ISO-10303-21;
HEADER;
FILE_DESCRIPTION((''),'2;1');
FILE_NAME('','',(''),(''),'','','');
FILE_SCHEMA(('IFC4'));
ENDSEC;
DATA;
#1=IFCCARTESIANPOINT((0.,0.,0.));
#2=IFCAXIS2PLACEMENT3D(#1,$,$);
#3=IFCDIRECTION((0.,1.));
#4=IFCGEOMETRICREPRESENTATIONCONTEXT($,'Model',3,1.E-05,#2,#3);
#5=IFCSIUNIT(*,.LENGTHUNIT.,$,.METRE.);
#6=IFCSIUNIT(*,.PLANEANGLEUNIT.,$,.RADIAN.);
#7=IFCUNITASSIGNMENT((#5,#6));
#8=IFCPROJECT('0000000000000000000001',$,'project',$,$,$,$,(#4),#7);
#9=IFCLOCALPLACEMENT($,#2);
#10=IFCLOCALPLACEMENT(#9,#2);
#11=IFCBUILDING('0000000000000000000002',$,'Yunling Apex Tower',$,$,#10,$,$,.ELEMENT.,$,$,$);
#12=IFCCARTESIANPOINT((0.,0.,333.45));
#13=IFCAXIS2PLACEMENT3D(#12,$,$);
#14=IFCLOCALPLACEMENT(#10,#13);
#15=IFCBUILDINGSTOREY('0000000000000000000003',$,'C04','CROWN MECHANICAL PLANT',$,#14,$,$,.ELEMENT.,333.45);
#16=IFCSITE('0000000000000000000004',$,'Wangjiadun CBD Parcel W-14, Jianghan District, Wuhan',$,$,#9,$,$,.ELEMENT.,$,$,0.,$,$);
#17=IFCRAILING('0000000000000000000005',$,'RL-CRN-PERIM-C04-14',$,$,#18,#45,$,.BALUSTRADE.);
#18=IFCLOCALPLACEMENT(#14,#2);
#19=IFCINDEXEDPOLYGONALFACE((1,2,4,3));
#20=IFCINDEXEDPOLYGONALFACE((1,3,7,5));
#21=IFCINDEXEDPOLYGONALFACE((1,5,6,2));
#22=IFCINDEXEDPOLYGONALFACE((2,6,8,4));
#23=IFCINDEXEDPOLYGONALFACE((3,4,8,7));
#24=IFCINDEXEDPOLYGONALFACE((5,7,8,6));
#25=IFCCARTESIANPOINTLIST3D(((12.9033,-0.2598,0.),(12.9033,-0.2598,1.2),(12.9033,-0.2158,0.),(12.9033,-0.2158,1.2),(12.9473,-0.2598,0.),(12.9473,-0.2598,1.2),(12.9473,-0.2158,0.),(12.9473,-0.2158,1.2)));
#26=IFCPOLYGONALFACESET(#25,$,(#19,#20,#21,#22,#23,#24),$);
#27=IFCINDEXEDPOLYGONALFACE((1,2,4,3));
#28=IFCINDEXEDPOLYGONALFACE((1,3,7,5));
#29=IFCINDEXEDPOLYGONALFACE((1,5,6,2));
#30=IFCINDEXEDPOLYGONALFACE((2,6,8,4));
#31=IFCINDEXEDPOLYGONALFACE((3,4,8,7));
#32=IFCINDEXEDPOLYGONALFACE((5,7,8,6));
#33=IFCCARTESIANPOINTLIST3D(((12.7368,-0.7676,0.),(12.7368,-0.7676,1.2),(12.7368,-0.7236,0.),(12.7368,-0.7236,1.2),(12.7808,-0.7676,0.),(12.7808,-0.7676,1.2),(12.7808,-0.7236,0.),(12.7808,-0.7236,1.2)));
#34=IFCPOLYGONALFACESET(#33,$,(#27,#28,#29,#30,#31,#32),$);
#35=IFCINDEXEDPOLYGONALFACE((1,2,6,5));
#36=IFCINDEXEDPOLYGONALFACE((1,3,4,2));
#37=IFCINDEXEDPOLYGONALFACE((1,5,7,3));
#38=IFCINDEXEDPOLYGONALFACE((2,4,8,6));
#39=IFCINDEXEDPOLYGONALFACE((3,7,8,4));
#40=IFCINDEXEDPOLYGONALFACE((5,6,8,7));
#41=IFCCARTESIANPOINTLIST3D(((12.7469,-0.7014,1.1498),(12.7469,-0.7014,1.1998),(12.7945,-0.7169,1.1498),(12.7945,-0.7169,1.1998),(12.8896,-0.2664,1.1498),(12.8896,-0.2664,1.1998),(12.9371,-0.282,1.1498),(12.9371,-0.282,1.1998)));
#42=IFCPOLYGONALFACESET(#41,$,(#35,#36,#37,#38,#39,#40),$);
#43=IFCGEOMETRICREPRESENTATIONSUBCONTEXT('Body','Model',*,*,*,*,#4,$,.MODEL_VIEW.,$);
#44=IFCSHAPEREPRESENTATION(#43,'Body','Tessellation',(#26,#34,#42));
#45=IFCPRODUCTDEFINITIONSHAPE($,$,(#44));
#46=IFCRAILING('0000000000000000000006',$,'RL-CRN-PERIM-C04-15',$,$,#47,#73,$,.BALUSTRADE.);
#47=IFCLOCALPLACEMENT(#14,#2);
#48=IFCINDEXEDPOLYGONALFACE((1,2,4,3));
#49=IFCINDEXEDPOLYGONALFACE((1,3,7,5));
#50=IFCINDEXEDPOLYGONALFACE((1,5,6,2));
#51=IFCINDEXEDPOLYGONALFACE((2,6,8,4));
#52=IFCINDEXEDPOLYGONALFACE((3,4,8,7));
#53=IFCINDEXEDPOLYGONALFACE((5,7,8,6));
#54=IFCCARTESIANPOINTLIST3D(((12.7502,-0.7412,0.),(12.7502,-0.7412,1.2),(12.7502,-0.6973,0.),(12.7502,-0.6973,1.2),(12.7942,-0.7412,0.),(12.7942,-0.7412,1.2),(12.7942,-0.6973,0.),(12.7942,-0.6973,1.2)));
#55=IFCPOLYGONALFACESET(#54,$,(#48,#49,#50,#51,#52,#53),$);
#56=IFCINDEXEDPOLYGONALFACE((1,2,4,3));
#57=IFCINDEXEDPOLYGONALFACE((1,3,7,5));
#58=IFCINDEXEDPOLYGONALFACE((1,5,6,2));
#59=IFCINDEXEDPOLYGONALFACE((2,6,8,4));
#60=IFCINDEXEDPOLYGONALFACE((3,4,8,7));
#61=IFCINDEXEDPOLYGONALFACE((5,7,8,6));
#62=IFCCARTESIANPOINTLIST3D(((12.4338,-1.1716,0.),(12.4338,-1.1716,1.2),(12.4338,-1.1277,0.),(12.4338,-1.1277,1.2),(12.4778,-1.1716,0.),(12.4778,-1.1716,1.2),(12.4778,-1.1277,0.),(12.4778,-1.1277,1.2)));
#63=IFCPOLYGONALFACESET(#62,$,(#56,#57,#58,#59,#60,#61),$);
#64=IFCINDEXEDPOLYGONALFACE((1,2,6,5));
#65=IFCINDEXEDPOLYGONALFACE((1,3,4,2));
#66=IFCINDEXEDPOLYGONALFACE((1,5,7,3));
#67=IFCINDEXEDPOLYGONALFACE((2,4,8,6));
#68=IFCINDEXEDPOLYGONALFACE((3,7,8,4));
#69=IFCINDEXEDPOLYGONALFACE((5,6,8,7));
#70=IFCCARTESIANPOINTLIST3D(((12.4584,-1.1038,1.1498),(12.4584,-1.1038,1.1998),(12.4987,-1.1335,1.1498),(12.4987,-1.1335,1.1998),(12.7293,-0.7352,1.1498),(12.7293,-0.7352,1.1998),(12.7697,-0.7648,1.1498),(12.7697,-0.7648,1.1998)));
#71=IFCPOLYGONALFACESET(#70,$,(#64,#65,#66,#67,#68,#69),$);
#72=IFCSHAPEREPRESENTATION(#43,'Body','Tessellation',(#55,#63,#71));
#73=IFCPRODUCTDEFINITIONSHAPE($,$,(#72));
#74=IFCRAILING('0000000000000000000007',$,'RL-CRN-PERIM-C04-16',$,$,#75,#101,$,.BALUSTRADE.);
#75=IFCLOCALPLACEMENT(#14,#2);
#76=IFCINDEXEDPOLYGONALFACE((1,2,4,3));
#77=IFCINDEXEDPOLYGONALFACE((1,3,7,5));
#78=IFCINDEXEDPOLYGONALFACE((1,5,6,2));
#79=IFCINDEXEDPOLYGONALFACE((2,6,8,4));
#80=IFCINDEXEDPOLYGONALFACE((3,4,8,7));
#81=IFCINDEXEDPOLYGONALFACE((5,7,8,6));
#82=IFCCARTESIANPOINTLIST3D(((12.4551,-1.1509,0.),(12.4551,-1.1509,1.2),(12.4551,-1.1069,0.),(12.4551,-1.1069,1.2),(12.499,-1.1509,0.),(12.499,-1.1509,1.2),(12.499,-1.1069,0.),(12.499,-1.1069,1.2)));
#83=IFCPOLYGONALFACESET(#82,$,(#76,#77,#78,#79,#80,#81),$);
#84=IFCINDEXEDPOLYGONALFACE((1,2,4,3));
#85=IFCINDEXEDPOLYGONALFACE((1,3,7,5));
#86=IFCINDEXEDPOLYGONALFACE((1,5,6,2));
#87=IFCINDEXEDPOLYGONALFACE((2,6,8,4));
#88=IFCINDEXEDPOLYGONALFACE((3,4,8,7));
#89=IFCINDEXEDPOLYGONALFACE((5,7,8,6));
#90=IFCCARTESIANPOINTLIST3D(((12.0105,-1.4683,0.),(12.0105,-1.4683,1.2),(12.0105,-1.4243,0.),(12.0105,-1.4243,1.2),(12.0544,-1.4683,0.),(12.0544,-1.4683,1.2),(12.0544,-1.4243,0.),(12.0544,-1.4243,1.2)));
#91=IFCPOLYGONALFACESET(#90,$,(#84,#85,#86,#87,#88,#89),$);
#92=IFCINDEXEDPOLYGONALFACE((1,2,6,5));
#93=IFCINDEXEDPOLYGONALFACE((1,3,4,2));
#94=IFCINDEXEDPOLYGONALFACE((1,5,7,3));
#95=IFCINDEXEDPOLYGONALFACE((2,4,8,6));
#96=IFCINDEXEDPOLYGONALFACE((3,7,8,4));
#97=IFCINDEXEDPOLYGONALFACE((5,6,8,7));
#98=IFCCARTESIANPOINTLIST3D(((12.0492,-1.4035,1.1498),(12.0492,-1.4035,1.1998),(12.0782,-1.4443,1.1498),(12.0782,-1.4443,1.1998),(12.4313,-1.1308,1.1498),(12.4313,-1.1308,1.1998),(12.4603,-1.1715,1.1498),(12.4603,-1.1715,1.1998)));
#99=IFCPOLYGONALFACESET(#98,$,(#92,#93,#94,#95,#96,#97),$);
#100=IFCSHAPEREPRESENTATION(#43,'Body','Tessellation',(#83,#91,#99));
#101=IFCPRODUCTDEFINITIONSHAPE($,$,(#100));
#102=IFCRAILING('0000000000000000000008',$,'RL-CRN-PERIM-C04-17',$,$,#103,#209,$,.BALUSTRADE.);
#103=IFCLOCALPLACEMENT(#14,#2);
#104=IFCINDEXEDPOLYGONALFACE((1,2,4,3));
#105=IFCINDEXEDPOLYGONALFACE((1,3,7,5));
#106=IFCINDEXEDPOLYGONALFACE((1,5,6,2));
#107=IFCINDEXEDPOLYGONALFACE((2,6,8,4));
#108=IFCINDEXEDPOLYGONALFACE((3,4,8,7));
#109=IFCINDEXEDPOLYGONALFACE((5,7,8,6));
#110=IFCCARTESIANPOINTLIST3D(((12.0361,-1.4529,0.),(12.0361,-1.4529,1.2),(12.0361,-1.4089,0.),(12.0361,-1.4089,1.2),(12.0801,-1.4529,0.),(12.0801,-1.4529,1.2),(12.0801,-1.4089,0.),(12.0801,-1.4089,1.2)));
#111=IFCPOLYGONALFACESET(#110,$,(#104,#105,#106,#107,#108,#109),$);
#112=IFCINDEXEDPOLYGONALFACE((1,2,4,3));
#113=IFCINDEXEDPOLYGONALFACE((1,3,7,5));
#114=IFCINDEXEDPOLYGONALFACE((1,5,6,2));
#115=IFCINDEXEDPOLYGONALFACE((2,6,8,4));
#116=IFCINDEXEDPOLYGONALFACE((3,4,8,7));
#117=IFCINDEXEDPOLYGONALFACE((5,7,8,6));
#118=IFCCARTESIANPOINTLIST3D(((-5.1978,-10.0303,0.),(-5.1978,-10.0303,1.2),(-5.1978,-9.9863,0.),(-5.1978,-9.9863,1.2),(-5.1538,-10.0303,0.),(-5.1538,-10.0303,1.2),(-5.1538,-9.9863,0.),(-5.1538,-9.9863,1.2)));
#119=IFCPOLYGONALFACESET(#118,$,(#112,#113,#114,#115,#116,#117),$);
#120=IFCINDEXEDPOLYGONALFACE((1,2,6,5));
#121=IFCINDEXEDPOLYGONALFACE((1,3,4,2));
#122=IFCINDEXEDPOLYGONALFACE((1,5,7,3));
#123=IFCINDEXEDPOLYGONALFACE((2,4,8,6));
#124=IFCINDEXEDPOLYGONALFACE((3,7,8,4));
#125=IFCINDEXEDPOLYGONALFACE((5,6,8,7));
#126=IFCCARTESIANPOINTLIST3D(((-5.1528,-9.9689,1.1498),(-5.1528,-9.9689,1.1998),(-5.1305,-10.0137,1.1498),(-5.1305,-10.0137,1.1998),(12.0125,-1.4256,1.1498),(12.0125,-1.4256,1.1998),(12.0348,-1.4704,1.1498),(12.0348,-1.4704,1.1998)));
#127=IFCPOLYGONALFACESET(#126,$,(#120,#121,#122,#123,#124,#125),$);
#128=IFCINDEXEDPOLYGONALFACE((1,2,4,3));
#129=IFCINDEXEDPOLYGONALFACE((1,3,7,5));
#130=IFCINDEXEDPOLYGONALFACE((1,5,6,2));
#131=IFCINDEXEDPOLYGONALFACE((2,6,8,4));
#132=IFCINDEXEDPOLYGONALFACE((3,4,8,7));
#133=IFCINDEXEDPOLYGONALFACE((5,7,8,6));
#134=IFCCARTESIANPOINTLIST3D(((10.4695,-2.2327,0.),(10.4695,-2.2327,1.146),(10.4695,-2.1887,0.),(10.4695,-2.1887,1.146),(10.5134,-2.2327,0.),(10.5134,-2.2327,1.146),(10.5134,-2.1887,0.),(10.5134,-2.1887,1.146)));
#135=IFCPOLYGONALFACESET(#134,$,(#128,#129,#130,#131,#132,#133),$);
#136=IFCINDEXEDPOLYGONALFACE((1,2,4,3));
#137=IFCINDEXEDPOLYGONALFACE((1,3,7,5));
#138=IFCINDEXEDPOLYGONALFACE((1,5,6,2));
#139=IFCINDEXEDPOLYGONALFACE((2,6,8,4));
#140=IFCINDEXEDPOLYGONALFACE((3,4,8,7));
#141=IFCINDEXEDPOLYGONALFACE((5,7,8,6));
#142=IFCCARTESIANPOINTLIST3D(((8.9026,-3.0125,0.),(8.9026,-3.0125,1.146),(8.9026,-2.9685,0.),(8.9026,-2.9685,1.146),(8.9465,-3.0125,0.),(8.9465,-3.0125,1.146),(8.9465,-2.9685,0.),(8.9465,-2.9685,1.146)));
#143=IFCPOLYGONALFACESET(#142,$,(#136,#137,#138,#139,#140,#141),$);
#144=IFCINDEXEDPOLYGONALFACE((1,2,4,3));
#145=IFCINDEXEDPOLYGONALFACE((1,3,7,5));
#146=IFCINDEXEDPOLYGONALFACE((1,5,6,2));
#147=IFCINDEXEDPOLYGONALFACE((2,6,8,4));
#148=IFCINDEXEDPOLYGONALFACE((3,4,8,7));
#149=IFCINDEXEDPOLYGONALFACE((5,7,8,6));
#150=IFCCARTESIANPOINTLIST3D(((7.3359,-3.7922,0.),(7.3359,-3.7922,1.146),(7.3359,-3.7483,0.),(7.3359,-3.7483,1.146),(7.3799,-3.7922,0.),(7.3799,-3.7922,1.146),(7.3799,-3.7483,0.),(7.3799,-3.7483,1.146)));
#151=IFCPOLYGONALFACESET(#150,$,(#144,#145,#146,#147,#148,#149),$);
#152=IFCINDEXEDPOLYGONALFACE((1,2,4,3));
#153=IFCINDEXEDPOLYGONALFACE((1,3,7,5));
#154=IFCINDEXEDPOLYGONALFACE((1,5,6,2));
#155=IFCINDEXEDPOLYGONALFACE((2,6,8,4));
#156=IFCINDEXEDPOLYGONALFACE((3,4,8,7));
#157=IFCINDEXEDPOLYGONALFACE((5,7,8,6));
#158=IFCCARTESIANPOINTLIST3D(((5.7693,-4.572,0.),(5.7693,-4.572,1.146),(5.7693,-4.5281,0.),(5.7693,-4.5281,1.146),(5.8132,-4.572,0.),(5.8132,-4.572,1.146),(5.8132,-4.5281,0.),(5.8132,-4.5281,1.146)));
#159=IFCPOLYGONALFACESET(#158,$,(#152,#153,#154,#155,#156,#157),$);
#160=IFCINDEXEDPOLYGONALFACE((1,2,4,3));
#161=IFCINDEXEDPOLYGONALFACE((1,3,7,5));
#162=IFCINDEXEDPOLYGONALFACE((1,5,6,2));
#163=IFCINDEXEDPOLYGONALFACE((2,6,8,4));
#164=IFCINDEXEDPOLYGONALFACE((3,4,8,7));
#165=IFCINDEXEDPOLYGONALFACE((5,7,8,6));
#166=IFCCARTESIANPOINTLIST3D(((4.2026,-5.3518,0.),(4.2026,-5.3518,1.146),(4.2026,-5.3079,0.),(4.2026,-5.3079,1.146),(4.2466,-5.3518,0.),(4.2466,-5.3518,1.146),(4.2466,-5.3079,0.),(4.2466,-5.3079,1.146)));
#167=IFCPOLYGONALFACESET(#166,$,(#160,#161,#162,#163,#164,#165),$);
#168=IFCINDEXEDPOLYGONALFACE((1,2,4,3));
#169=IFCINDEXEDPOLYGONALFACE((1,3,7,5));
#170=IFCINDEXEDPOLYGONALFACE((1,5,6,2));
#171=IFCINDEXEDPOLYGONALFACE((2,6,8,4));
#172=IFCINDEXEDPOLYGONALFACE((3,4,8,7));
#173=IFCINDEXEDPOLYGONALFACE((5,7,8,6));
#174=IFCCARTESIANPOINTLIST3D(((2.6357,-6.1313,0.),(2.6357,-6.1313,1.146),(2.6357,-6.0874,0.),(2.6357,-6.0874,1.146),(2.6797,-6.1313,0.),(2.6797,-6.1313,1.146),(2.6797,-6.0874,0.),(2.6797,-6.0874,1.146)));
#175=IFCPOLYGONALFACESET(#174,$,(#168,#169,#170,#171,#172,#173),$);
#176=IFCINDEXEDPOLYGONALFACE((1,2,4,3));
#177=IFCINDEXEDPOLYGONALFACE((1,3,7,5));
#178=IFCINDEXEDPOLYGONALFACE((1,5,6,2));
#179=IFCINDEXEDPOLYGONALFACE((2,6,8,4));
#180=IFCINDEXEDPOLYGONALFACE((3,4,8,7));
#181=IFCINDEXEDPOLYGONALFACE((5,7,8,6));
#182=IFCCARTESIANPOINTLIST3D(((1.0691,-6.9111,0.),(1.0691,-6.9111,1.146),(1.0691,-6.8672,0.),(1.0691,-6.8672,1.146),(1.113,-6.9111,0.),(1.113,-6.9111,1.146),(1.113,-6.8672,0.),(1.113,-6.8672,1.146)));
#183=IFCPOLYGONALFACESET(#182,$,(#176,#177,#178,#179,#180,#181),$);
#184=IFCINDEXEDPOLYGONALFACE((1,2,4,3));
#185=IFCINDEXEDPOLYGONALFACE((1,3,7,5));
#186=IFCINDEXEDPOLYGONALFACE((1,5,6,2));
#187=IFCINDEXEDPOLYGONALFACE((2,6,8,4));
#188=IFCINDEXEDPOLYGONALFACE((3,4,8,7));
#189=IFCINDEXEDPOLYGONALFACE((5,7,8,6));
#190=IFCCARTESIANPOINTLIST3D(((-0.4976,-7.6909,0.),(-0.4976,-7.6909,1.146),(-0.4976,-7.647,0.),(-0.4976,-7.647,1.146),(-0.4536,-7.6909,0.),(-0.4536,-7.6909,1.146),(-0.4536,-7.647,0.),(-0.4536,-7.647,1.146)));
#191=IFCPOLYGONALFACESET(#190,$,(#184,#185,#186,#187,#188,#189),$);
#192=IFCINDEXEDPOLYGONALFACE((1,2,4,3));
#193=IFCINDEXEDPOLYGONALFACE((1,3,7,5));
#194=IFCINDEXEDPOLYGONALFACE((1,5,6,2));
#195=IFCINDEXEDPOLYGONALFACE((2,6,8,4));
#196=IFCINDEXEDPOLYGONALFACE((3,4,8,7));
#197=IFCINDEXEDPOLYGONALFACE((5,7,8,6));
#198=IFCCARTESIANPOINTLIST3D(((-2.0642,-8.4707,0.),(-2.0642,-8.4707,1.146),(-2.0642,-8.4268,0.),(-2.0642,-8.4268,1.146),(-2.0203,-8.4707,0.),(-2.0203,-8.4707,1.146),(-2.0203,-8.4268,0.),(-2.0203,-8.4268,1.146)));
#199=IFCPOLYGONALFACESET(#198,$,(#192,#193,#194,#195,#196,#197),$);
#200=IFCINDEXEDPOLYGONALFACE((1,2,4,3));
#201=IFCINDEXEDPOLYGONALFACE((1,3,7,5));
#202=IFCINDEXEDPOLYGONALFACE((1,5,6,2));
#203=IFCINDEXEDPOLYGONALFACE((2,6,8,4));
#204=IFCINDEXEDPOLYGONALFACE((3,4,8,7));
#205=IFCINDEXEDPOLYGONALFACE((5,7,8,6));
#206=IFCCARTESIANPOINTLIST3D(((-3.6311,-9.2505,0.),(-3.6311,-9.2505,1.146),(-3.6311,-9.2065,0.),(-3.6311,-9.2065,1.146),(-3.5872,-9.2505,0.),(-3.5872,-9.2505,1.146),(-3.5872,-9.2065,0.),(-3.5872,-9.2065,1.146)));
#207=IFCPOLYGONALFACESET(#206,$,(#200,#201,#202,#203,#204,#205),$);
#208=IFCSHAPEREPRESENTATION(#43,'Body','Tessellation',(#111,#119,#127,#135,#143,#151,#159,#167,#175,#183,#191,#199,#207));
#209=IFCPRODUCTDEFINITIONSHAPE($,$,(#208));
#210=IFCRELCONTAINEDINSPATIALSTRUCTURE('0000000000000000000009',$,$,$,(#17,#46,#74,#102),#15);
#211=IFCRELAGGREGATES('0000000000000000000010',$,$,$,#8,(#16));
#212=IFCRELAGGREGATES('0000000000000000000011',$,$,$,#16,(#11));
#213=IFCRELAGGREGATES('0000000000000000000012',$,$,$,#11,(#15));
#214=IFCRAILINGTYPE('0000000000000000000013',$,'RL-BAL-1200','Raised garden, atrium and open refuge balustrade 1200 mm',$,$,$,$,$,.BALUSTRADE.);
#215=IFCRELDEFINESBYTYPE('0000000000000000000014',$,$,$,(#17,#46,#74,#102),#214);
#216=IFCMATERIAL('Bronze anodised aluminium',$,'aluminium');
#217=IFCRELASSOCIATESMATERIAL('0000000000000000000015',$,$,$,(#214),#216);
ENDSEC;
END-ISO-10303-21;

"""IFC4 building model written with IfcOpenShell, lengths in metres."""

from ifc_helpers import new_model, si_unit, direction, frame, origin, origin_2d, place, context, subcontext, project, spatial, rectangle, extrude, material, type_object, element, save


model = new_model("IFC4")

# Units and contexts
model_context = context("Model", 3, precision=1e-05, world=origin(), true_north=direction((0.0, 1.0)))
body_context = subcontext(model_context, "Body", "Model", "MODEL_VIEW")
ifc_project = project(units=[si_unit("LENGTHUNIT", "METRE"), si_unit("PLANEANGLEUNIT", "RADIAN")], contexts=[model_context])

# Site, building, storey
site_placement = place(None, origin())
site = spatial("IfcSite", under=ifc_project, at=site_placement, Name="Wangjiadun CBD Parcel W-14, Jianghan District, Wuhan", CompositionType="ELEMENT", RefElevation=0.0)
building_placement = place(site_placement, origin())
building = spatial("IfcBuilding", under=site, at=building_placement, Name="Yunling Apex Tower", CompositionType="ELEMENT")
storey_placement = place(building_placement, frame((0.0, 0.0, 333.45)))
storey = spatial("IfcBuildingStorey", under=building, at=storey_placement, Name="C04", Description="CROWN MECHANICAL PLANT", CompositionType="ELEMENT", Elevation=333.45)

# Shared definitions
ifc_material_1 = material(Name="Bronze anodised aluminium", Category="aluminium")

# Railings
railing_type_1 = type_object("IfcRailingType", Name="RL-BAL-1200", Description="Raised garden, atrium and open refuge balustrade 1200 mm", PredefinedType="BALUSTRADE", material=ifc_material_1)
railing_1_placement = place(storey_placement, frame((12.9253, -0.2378, 0.0)))
element("IfcRailing", 1, at=railing_1_placement, inside=storey, type_object=railing_type_1, Name="RL-CRN-PERIM-C04-14", PredefinedType="BALUSTRADE", context=body_context, shape_type="SweptSolid", body=[
    extrude(rectangle(XDim=0.0439, YDim=0.0439, at=origin_2d()), origin(), (0.0, 0.0, 1.0), 1.2),
    extrude(rectangle(XDim=0.0439, YDim=0.0439, at=origin_2d()), frame((-0.1665, -0.5078, 0.0)), (0.0, 0.0, 1.0), 1.2),
    extrude(rectangle(XDim=0.05, YDim=0.05, at=origin_2d()), frame((-0.012, -0.0364, 1.1748), z_axis=(-0.311564, -0.950225, 0.0), x_axis=(0.950225, -0.311564, 0.0)), (0.0, 0.0, 1.0), 0.4578),
])
railing_2_placement = place(storey_placement, frame((12.7722, -0.7192, 0.0)))
element("IfcRailing", 2, at=railing_2_placement, inside=storey, type_object=railing_type_1, Name="RL-CRN-PERIM-C04-15", PredefinedType="BALUSTRADE", context=body_context, shape_type="SweptSolid", body=[
    extrude(rectangle(XDim=0.0439, YDim=0.0439, at=origin_2d()), origin(), (0.0, 0.0, 1.0), 1.2),
    extrude(rectangle(XDim=0.0439, YDim=0.0439, at=origin_2d()), frame((-0.3164, -0.4304, 0.0)), (0.0, 0.0, 1.0), 1.2),
    extrude(rectangle(XDim=0.05, YDim=0.05, at=origin_2d()), frame((-0.0227, -0.0308, 1.1748), z_axis=(-0.592294, -0.805722, 0.0), x_axis=(0.805722, -0.592294, 0.0)), (0.0, 0.0, 1.0), 0.4575),
])
railing_3_placement = place(storey_placement, frame((12.4771, -1.1289, 0.0)))
element("IfcRailing", 3, at=railing_3_placement, inside=storey, type_object=railing_type_1, Name="RL-CRN-PERIM-C04-16", PredefinedType="BALUSTRADE", context=body_context, shape_type="SweptSolid", body=[
    extrude(rectangle(XDim=0.0439, YDim=0.0439, at=origin_2d()), origin(), (0.0, 0.0, 1.0), 1.2),
    extrude(rectangle(XDim=0.0439, YDim=0.0439, at=origin_2d()), frame((-0.4446, -0.3174, 0.0)), (0.0, 0.0, 1.0), 1.2),
    extrude(rectangle(XDim=0.05, YDim=0.05, at=origin_2d()), frame((-0.0312, -0.0222, 1.1748), z_axis=(-0.813884, -0.581027, 0.0), x_axis=(0.581027, -0.813884, 0.0)), (0.0, 0.0, 1.0), 0.4695),
])
railing_4_placement = place(storey_placement, frame((12.0581, -1.4309, 0.0)))
element("IfcRailing", 4, at=railing_4_placement, inside=storey, type_object=railing_type_1, Name="RL-CRN-PERIM-C04-17", PredefinedType="BALUSTRADE", context=body_context, shape_type="SweptSolid", body=[
    extrude(rectangle(XDim=0.0439, YDim=0.0439, at=origin_2d()), origin(), (0.0, 0.0, 1.0), 1.2),
    extrude(rectangle(XDim=0.0439, YDim=0.0439, at=origin_2d()), frame((-17.2339, -8.5774, 0.0)), (0.0, 0.0, 1.0), 1.2),
    extrude(rectangle(XDim=0.05, YDim=0.05, at=origin_2d()), frame((-0.0344, -0.0171, 1.1748), z_axis=(-0.895247, -0.445569, 0.0), x_axis=(0.445569, -0.895247, 0.0)), (0.0, 0.0, 1.0), 19.1738),
    extrude(rectangle(XDim=0.0439, YDim=0.0439, at=origin_2d()), frame((-1.5667, -0.7798, 0.0)), (0.0, 0.0, 1.0), 1.146),
    extrude(rectangle(XDim=0.0439, YDim=0.0439, at=origin_2d()), frame((-3.1335, -1.5596, 0.0)), (0.0, 0.0, 1.0), 1.146),
    extrude(rectangle(XDim=0.0439, YDim=0.0439, at=origin_2d()), frame((-4.7002, -2.3394, 0.0)), (0.0, 0.0, 1.0), 1.146),
    extrude(rectangle(XDim=0.0439, YDim=0.0439, at=origin_2d()), frame((-6.2668, -3.1191, 0.0)), (0.0, 0.0, 1.0), 1.146),
    extrude(rectangle(XDim=0.0439, YDim=0.0439, at=origin_2d()), frame((-7.8335, -3.8989, 0.0)), (0.0, 0.0, 1.0), 1.146),
    extrude(rectangle(XDim=0.0439, YDim=0.0439, at=origin_2d()), frame((-9.4004, -4.6785, 0.0)), (0.0, 0.0, 1.0), 1.146),
    extrude(rectangle(XDim=0.0439, YDim=0.0439, at=origin_2d()), frame((-10.967, -5.4583, 0.0)), (0.0, 0.0, 1.0), 1.146),
    extrude(rectangle(XDim=0.0439, YDim=0.0439, at=origin_2d()), frame((-12.5337, -6.238, 0.0)), (0.0, 0.0, 1.0), 1.146),
    extrude(rectangle(XDim=0.0439, YDim=0.0439, at=origin_2d()), frame((-14.1003, -7.0178, 0.0)), (0.0, 0.0, 1.0), 1.146),
    extrude(rectangle(XDim=0.0439, YDim=0.0439, at=origin_2d()), frame((-15.6672, -7.7976, 0.0)), (0.0, 0.0, 1.0), 1.146),
])

save(model, "model.ifc")
